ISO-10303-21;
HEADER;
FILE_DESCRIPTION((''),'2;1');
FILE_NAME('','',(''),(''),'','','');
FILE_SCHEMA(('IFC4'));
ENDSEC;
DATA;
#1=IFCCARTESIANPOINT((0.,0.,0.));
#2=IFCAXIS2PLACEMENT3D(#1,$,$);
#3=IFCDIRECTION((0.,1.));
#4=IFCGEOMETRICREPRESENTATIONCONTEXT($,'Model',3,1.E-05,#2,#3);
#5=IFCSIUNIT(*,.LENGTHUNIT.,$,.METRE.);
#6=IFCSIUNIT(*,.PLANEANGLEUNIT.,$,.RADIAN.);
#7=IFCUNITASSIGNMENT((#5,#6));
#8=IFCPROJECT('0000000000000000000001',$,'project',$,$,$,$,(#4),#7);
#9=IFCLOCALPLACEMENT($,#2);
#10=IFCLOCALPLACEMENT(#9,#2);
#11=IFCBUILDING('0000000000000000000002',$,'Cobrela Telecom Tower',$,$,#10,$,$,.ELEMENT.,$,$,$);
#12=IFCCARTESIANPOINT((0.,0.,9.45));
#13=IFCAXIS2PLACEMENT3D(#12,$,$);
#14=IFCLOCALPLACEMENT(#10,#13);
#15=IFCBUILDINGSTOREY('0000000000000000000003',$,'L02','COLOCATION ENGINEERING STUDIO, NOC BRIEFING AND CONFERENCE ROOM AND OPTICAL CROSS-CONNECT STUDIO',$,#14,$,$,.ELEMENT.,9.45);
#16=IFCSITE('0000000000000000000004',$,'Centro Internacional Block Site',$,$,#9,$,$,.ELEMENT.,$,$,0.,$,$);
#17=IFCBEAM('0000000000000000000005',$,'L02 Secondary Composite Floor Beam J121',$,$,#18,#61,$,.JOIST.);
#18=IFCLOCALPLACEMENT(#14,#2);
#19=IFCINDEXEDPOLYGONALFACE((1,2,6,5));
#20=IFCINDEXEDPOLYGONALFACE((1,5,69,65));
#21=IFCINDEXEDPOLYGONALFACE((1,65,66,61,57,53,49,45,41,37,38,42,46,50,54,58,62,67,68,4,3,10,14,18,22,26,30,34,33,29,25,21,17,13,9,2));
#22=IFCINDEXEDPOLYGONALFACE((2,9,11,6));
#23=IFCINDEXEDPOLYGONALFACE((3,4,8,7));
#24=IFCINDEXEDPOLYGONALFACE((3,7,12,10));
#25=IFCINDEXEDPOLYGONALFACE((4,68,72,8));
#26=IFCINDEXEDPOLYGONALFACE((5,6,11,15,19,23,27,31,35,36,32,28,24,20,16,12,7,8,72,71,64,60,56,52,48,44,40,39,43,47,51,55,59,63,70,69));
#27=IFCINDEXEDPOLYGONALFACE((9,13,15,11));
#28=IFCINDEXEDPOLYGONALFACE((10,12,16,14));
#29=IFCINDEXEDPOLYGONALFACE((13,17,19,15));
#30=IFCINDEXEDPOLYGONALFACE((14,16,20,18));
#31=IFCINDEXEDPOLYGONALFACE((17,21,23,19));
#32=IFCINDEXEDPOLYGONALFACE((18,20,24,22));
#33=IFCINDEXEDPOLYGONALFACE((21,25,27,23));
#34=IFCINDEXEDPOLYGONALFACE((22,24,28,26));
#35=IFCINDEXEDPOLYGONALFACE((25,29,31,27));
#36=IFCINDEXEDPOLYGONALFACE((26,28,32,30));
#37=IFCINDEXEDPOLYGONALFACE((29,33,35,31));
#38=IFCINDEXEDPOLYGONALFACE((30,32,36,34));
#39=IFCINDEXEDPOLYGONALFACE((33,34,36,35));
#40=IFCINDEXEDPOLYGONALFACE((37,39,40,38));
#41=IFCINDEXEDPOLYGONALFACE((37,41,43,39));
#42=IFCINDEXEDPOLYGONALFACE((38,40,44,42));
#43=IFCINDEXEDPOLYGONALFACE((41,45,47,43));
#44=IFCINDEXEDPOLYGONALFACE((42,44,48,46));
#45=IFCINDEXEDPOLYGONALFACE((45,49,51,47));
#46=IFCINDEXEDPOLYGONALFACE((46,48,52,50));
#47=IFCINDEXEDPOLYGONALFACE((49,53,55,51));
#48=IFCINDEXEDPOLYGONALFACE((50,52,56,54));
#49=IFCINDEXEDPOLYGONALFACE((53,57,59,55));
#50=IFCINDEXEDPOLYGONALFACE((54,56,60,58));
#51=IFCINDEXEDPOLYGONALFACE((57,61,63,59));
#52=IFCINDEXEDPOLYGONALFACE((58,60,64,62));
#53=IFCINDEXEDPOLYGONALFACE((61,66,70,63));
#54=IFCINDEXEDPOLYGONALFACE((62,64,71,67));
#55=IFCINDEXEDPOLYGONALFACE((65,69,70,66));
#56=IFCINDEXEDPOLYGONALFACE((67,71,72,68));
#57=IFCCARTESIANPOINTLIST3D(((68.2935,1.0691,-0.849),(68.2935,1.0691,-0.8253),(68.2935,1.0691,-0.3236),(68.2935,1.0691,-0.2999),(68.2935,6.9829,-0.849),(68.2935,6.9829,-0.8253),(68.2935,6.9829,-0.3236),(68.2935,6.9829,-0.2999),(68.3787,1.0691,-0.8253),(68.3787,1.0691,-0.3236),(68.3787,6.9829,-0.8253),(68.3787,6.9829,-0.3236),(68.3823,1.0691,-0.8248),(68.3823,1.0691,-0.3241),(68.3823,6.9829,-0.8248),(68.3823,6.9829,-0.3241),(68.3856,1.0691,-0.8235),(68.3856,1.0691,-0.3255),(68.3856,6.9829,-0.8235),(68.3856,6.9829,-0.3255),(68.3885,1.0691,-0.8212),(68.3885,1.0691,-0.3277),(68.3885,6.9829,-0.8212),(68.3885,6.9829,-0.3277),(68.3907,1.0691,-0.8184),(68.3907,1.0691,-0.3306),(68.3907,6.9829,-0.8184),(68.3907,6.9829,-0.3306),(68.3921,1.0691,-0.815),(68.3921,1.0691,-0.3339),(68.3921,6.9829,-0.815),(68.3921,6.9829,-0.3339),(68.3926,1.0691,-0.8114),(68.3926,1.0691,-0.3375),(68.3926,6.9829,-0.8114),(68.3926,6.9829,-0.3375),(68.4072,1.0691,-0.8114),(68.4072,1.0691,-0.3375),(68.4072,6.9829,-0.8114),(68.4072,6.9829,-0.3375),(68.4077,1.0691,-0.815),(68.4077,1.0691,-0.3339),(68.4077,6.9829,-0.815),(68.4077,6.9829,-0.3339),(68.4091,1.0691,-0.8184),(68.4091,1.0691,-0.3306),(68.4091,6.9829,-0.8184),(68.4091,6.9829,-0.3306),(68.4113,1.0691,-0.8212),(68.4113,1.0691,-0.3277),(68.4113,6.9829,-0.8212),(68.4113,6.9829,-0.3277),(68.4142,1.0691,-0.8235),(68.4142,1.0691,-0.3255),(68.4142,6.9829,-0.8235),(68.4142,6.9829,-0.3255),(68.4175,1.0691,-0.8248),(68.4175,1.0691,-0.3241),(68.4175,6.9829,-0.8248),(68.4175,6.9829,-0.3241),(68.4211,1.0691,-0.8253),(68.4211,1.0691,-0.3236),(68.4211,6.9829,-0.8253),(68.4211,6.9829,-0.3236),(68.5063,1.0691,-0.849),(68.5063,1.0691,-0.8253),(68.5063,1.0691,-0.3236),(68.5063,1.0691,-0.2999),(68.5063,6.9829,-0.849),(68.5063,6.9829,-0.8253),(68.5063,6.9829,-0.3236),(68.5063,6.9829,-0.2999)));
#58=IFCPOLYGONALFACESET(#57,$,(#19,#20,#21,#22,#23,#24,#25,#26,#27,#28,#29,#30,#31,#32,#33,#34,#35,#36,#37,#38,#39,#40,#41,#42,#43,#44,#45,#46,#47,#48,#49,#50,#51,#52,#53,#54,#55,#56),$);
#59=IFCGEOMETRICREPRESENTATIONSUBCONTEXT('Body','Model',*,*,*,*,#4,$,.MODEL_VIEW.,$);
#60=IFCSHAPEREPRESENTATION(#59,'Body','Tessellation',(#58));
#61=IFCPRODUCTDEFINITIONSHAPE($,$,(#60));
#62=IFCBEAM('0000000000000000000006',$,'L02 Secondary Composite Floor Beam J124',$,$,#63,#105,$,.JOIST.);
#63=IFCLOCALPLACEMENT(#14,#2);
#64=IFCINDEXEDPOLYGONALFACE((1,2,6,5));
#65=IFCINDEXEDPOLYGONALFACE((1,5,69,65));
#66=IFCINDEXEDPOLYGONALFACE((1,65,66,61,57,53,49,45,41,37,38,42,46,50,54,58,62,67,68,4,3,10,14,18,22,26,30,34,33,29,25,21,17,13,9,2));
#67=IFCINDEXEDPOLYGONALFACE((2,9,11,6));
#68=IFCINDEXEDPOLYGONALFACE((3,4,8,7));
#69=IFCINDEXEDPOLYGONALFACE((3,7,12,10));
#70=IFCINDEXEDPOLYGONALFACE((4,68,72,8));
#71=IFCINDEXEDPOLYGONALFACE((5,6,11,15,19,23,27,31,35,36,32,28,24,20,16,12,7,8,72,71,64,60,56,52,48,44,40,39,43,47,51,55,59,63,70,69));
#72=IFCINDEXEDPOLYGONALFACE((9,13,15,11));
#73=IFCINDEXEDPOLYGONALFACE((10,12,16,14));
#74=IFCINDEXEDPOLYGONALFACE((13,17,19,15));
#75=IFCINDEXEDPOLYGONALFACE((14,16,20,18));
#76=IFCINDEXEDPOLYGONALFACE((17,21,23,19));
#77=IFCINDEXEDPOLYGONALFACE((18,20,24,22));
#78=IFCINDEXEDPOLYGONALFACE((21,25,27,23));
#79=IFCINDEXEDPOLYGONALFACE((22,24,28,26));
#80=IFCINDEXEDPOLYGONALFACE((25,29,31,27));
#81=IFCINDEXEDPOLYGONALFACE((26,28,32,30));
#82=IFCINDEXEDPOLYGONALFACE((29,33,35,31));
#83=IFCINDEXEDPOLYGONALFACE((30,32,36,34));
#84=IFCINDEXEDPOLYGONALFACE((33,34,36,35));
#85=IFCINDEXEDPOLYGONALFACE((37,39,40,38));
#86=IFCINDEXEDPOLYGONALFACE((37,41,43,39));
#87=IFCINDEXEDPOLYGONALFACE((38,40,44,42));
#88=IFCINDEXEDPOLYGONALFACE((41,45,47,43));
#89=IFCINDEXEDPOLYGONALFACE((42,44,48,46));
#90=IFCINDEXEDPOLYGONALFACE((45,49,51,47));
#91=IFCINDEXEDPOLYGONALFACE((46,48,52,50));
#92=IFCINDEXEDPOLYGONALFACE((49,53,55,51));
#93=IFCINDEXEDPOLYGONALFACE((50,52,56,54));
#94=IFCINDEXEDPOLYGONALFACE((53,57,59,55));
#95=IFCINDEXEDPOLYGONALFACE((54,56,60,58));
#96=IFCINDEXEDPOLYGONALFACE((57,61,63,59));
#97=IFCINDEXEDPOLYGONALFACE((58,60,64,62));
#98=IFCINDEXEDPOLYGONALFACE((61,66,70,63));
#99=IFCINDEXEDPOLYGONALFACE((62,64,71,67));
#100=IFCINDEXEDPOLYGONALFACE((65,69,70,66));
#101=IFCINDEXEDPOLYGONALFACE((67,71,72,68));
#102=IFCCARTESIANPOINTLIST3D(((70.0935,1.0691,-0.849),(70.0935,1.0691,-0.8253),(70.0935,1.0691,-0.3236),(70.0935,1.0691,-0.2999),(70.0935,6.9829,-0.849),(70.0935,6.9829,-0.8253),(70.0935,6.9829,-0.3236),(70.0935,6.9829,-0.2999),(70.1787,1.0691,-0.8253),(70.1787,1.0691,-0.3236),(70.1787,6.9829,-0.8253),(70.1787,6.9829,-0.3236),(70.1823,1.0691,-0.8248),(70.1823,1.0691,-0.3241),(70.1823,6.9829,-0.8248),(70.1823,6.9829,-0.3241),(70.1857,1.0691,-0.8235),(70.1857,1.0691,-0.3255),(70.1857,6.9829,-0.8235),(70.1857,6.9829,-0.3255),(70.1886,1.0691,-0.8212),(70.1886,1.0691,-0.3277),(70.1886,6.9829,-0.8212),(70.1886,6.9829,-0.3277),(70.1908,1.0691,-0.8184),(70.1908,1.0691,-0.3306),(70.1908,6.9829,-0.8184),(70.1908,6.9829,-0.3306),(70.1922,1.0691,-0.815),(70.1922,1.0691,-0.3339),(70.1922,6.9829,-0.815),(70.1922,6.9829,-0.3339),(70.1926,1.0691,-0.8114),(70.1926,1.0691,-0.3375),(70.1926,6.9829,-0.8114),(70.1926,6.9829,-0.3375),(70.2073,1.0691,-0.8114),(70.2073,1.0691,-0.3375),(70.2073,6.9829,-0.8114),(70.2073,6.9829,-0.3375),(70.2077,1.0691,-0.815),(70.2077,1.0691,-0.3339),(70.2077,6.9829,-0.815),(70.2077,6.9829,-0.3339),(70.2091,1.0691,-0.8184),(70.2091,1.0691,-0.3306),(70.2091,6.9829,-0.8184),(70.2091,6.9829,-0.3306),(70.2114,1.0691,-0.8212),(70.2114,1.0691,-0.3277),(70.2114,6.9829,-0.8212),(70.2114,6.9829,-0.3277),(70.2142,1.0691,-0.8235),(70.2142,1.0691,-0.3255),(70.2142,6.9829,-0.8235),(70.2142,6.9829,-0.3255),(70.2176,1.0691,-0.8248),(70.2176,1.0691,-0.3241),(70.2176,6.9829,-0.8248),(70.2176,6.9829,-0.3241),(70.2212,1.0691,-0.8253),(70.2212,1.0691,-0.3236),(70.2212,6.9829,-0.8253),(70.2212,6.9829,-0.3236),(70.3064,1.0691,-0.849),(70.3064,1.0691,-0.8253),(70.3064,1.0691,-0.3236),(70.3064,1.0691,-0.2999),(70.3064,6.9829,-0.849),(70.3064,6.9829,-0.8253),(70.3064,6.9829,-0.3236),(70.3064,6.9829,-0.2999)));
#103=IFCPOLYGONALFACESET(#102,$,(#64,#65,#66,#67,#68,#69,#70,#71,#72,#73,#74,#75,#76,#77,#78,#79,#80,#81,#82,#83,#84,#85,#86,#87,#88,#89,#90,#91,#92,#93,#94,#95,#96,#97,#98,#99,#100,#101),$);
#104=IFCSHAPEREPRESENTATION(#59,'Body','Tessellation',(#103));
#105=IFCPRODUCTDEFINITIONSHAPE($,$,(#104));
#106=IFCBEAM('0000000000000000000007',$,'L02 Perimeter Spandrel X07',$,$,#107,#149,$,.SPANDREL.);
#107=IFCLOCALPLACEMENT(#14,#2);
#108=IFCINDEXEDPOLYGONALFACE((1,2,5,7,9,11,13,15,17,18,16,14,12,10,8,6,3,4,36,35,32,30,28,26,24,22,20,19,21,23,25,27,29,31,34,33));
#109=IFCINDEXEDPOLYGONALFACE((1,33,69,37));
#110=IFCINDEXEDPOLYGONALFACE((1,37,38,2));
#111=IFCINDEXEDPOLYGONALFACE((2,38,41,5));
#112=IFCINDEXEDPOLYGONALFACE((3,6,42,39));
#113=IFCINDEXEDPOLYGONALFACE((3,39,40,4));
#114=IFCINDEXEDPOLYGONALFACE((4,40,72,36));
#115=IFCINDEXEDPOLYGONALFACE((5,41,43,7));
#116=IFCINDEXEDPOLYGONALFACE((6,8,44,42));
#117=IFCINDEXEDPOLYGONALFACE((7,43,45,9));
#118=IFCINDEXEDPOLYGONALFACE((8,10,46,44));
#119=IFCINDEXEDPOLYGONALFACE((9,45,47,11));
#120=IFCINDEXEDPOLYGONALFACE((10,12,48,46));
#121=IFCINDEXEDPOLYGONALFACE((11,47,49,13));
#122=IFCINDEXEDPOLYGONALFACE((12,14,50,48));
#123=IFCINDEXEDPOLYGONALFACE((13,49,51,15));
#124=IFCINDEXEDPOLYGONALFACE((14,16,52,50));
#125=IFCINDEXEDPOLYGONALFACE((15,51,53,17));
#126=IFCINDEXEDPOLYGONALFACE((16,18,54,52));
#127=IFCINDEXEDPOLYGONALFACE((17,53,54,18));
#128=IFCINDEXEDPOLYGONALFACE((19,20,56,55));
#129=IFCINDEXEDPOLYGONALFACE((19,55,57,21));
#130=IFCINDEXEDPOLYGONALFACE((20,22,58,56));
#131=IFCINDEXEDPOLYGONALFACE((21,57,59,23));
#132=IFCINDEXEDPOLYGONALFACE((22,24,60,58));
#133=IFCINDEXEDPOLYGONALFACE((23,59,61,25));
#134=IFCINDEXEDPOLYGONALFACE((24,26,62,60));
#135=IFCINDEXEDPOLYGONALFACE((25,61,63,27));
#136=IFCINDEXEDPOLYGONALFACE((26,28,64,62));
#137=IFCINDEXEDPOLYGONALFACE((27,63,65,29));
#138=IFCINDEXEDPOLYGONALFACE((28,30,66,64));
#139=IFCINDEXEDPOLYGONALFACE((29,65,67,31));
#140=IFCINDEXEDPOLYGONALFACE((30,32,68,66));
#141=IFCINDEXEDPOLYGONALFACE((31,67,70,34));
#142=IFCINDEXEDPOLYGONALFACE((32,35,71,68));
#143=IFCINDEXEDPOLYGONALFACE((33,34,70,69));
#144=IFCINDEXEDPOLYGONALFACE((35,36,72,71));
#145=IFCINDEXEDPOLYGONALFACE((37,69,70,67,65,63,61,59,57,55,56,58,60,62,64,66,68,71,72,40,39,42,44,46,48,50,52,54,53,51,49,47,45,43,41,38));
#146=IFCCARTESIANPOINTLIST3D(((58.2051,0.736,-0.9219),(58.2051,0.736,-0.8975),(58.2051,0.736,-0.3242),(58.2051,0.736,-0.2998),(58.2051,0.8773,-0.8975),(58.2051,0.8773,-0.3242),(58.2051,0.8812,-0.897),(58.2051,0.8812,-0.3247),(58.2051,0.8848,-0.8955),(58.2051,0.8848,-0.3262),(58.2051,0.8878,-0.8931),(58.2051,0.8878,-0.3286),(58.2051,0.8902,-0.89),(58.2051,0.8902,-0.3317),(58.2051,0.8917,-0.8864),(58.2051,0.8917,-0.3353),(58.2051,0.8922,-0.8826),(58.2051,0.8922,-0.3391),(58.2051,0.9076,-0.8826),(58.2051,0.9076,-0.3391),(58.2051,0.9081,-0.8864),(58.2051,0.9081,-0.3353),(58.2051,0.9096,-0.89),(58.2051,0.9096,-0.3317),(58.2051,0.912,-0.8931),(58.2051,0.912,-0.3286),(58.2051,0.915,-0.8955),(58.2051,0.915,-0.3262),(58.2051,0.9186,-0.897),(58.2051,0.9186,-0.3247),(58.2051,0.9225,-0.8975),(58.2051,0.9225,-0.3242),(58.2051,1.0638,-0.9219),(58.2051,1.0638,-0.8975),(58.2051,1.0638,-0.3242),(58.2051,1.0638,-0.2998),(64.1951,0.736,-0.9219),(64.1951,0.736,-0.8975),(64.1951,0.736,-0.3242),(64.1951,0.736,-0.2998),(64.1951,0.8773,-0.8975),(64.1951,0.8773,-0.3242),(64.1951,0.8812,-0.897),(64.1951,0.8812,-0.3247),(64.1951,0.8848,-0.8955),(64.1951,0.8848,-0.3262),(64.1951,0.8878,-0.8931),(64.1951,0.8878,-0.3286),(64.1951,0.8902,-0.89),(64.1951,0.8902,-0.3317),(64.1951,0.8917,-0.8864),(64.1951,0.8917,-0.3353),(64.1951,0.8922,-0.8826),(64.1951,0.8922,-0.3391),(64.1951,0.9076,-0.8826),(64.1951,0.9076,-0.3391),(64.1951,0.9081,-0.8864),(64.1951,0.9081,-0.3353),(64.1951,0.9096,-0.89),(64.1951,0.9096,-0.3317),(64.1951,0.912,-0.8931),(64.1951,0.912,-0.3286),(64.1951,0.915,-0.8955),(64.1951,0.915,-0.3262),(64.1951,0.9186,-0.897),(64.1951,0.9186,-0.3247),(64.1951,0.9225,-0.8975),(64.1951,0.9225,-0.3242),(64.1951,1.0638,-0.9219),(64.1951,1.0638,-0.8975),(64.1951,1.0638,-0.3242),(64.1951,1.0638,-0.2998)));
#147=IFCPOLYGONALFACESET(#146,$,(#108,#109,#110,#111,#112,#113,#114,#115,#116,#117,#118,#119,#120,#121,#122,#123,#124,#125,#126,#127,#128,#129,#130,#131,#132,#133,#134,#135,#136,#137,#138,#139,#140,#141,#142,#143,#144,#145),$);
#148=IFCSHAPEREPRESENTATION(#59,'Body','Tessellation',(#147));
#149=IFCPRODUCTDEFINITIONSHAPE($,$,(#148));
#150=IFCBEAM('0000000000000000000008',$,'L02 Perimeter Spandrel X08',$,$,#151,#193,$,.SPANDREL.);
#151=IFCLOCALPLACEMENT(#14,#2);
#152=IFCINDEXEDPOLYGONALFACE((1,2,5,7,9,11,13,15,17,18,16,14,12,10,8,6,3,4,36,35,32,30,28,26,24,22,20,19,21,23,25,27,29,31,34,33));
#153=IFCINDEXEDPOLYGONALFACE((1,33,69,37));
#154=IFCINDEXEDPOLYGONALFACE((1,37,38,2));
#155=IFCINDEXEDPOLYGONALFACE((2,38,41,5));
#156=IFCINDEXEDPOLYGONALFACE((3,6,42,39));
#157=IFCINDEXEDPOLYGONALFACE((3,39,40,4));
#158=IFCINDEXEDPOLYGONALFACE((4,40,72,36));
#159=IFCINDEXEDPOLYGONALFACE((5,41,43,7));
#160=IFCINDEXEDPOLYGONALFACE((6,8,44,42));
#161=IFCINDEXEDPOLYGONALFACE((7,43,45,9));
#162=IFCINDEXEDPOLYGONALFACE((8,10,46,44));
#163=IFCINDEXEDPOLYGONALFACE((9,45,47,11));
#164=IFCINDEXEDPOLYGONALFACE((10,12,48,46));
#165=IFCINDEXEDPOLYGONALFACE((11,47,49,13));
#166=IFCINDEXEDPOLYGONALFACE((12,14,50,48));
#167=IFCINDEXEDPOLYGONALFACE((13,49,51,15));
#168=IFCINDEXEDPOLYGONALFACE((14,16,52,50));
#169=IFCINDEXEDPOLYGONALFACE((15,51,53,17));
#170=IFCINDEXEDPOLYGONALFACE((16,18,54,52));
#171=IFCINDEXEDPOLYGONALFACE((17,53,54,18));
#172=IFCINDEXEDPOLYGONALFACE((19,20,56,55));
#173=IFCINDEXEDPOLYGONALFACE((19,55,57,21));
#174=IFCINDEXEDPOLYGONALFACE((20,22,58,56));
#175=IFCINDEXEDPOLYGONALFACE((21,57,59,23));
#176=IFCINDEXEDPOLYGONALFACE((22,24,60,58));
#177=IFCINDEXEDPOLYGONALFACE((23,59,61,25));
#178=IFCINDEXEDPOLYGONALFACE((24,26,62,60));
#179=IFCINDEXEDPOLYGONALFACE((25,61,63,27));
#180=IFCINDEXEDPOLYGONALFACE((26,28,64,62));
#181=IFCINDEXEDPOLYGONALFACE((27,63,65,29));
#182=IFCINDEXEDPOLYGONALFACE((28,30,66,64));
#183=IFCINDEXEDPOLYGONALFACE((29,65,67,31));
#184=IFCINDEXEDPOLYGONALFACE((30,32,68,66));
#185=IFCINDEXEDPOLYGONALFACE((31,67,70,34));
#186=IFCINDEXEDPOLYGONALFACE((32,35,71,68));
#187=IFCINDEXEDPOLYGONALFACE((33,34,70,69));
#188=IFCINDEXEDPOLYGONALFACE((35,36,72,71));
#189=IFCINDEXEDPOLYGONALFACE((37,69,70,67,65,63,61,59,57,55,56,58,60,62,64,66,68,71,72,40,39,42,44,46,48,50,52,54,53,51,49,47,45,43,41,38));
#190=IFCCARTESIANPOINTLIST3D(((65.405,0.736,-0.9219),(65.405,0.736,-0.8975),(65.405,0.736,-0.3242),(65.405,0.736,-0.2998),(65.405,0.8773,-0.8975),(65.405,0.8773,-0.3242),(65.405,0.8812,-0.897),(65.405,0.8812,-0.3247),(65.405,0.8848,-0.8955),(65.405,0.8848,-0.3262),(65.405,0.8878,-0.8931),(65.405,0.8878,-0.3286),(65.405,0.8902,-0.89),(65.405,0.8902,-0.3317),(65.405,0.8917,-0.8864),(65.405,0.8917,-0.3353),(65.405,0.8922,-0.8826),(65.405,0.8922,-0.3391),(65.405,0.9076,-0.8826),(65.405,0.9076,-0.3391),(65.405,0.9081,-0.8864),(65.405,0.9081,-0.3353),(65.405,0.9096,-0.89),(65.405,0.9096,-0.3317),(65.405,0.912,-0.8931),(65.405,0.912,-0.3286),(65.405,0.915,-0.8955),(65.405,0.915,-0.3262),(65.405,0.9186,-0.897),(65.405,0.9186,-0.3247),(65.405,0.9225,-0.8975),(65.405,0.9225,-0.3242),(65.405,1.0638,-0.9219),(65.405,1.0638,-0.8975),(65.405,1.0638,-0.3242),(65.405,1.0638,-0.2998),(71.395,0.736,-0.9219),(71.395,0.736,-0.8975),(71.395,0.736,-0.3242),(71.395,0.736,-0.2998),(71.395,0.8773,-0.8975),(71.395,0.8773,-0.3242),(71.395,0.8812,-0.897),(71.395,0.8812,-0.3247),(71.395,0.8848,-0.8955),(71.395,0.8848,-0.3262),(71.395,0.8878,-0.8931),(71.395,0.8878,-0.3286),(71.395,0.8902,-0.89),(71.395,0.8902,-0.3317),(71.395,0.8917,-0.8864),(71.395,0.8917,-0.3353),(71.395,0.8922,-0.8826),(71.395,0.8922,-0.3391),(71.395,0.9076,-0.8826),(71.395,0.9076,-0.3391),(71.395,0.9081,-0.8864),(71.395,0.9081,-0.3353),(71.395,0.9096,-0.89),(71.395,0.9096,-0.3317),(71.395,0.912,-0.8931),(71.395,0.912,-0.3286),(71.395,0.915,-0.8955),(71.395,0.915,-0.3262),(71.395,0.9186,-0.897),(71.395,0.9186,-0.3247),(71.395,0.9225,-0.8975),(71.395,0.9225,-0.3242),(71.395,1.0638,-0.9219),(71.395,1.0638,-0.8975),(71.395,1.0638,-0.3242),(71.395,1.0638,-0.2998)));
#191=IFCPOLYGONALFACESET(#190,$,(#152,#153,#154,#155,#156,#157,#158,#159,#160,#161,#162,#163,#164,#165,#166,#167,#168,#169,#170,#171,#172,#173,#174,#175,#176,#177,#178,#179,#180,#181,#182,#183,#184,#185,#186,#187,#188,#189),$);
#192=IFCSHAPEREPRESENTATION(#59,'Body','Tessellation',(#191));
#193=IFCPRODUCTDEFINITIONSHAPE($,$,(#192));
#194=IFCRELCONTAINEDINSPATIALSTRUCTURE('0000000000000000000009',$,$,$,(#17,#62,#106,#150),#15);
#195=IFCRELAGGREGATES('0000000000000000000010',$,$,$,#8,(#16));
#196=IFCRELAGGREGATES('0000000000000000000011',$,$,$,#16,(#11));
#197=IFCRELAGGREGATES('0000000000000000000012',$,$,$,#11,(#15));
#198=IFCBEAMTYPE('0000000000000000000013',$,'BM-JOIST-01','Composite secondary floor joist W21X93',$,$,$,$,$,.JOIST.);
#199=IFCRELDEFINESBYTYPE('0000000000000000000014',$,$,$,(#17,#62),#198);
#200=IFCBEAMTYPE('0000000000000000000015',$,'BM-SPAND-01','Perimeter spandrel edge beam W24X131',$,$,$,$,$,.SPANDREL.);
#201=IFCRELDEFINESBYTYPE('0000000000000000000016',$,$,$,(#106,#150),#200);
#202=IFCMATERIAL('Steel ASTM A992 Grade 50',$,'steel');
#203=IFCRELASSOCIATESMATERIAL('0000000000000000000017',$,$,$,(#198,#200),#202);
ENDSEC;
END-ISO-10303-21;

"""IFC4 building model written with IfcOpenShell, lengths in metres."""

from ifc_helpers import new_model, si_unit, direction, frame, origin, origin_2d, place, context, subcontext, project, spatial, i_section, extrude, material, material_profile, profile_set, type_object, element, save


model = new_model("IFC4")

# Units and contexts
model_context = context("Model", 3, precision=1e-05, world=origin(), true_north=direction((0.0, 1.0)))
body_context = subcontext(model_context, "Body", "Model", "MODEL_VIEW")
ifc_project = project(units=[si_unit("LENGTHUNIT", "METRE"), si_unit("PLANEANGLEUNIT", "RADIAN")], contexts=[model_context])

# Site, building, storey
site_placement = place(None, origin())
site = spatial("IfcSite", under=ifc_project, at=site_placement, Name="Centro Internacional Block Site", CompositionType="ELEMENT", RefElevation=0.0)
building_placement = place(site_placement, origin())
building = spatial("IfcBuilding", under=site, at=building_placement, Name="Cobrela Telecom Tower", CompositionType="ELEMENT")
storey_placement = place(building_placement, frame((0.0, 0.0, 9.45)))
storey = spatial("IfcBuildingStorey", under=building, at=storey_placement, Name="L02", Description="COLOCATION ENGINEERING STUDIO, NOC BRIEFING AND CONFERENCE ROOM AND OPTICAL CROSS-CONNECT STUDIO", CompositionType="ELEMENT", Elevation=9.45)

# Beams
ifc_material_1 = material(Name="Steel ASTM A992 Grade 50", Category="steel")
ifc_material_profile_1 = material_profile(ifc_material_1, i_section(OverallWidth=0.2129, OverallDepth=0.5491, WebThickness=0.0146, FlangeThickness=0.0237, FilletRadius=0.0139, at=origin_2d()), Name="W21X93")
ifc_profile_set_1 = profile_set([ifc_material_profile_1], Name="Steel ASTM A992 Grade 50")
beam_type_1 = type_object("IfcBeamType", Name="BM-JOIST-01", Description="Composite secondary floor joist W21X93", PredefinedType="JOIST", material=ifc_profile_set_1)
for number, where, z_axis, x_axis, name in (
    (1, (68.3999, 1.0691, -0.5745), (0.0, 1.0, 0.0), (-1.0, 0.0, 0.0), "L02 Secondary Composite Floor Beam J121"),
    (2, (70.2, 1.0691, -0.5745), (0.0, 1.0, 0.0), (-1.0, 0.0, 0.0), "L02 Secondary Composite Floor Beam J124"),
):
    element("IfcBeam", number, at=place(storey_placement, frame(where, z_axis=z_axis, x_axis=x_axis)), inside=storey, type_object=beam_type_1, Name=name, PredefinedType="JOIST", context=body_context, shape_type="SweptSolid", body=[
        extrude(i_section(OverallWidth=0.2129, OverallDepth=0.5491, WebThickness=0.0146, FlangeThickness=0.0237, FilletRadius=0.0139, at=origin_2d()), origin(), (0.0, 0.0, 1.0), 5.9138),
    ])
ifc_material_profile_2 = material_profile(ifc_material_1, i_section(OverallWidth=0.3279, OverallDepth=0.6221, WebThickness=0.0154, FlangeThickness=0.0244, FilletRadius=0.0149, at=origin_2d()), Name="W24X131")
ifc_profile_set_2 = profile_set([ifc_material_profile_2], Name="Steel ASTM A992 Grade 50")
beam_type_2 = type_object("IfcBeamType", Name="BM-SPAND-01", Description="Perimeter spandrel edge beam W24X131", PredefinedType="SPANDREL", material=ifc_profile_set_2)
for number, where, z_axis, x_axis, name in (
    (3, (58.2051, 0.8999, -0.6108), (1.0, 0.0, 0.0), (0.0, 1.0, 0.0), "L02 Perimeter Spandrel X07"),
    (4, (65.405, 0.8999, -0.6108), (1.0, 0.0, 0.0), (0.0, 1.0, 0.0), "L02 Perimeter Spandrel X08"),
):
    element("IfcBeam", number, at=place(storey_placement, frame(where, z_axis=z_axis, x_axis=x_axis)), inside=storey, type_object=beam_type_2, Name=name, PredefinedType="SPANDREL", context=body_context, shape_type="SweptSolid", body=[
        extrude(i_section(OverallWidth=0.3279, OverallDepth=0.6221, WebThickness=0.0154, FlangeThickness=0.0244, FilletRadius=0.0149, at=origin_2d()), origin(), (0.0, 0.0, 1.0), 5.99),
    ])

save(model, "model.ifc")
